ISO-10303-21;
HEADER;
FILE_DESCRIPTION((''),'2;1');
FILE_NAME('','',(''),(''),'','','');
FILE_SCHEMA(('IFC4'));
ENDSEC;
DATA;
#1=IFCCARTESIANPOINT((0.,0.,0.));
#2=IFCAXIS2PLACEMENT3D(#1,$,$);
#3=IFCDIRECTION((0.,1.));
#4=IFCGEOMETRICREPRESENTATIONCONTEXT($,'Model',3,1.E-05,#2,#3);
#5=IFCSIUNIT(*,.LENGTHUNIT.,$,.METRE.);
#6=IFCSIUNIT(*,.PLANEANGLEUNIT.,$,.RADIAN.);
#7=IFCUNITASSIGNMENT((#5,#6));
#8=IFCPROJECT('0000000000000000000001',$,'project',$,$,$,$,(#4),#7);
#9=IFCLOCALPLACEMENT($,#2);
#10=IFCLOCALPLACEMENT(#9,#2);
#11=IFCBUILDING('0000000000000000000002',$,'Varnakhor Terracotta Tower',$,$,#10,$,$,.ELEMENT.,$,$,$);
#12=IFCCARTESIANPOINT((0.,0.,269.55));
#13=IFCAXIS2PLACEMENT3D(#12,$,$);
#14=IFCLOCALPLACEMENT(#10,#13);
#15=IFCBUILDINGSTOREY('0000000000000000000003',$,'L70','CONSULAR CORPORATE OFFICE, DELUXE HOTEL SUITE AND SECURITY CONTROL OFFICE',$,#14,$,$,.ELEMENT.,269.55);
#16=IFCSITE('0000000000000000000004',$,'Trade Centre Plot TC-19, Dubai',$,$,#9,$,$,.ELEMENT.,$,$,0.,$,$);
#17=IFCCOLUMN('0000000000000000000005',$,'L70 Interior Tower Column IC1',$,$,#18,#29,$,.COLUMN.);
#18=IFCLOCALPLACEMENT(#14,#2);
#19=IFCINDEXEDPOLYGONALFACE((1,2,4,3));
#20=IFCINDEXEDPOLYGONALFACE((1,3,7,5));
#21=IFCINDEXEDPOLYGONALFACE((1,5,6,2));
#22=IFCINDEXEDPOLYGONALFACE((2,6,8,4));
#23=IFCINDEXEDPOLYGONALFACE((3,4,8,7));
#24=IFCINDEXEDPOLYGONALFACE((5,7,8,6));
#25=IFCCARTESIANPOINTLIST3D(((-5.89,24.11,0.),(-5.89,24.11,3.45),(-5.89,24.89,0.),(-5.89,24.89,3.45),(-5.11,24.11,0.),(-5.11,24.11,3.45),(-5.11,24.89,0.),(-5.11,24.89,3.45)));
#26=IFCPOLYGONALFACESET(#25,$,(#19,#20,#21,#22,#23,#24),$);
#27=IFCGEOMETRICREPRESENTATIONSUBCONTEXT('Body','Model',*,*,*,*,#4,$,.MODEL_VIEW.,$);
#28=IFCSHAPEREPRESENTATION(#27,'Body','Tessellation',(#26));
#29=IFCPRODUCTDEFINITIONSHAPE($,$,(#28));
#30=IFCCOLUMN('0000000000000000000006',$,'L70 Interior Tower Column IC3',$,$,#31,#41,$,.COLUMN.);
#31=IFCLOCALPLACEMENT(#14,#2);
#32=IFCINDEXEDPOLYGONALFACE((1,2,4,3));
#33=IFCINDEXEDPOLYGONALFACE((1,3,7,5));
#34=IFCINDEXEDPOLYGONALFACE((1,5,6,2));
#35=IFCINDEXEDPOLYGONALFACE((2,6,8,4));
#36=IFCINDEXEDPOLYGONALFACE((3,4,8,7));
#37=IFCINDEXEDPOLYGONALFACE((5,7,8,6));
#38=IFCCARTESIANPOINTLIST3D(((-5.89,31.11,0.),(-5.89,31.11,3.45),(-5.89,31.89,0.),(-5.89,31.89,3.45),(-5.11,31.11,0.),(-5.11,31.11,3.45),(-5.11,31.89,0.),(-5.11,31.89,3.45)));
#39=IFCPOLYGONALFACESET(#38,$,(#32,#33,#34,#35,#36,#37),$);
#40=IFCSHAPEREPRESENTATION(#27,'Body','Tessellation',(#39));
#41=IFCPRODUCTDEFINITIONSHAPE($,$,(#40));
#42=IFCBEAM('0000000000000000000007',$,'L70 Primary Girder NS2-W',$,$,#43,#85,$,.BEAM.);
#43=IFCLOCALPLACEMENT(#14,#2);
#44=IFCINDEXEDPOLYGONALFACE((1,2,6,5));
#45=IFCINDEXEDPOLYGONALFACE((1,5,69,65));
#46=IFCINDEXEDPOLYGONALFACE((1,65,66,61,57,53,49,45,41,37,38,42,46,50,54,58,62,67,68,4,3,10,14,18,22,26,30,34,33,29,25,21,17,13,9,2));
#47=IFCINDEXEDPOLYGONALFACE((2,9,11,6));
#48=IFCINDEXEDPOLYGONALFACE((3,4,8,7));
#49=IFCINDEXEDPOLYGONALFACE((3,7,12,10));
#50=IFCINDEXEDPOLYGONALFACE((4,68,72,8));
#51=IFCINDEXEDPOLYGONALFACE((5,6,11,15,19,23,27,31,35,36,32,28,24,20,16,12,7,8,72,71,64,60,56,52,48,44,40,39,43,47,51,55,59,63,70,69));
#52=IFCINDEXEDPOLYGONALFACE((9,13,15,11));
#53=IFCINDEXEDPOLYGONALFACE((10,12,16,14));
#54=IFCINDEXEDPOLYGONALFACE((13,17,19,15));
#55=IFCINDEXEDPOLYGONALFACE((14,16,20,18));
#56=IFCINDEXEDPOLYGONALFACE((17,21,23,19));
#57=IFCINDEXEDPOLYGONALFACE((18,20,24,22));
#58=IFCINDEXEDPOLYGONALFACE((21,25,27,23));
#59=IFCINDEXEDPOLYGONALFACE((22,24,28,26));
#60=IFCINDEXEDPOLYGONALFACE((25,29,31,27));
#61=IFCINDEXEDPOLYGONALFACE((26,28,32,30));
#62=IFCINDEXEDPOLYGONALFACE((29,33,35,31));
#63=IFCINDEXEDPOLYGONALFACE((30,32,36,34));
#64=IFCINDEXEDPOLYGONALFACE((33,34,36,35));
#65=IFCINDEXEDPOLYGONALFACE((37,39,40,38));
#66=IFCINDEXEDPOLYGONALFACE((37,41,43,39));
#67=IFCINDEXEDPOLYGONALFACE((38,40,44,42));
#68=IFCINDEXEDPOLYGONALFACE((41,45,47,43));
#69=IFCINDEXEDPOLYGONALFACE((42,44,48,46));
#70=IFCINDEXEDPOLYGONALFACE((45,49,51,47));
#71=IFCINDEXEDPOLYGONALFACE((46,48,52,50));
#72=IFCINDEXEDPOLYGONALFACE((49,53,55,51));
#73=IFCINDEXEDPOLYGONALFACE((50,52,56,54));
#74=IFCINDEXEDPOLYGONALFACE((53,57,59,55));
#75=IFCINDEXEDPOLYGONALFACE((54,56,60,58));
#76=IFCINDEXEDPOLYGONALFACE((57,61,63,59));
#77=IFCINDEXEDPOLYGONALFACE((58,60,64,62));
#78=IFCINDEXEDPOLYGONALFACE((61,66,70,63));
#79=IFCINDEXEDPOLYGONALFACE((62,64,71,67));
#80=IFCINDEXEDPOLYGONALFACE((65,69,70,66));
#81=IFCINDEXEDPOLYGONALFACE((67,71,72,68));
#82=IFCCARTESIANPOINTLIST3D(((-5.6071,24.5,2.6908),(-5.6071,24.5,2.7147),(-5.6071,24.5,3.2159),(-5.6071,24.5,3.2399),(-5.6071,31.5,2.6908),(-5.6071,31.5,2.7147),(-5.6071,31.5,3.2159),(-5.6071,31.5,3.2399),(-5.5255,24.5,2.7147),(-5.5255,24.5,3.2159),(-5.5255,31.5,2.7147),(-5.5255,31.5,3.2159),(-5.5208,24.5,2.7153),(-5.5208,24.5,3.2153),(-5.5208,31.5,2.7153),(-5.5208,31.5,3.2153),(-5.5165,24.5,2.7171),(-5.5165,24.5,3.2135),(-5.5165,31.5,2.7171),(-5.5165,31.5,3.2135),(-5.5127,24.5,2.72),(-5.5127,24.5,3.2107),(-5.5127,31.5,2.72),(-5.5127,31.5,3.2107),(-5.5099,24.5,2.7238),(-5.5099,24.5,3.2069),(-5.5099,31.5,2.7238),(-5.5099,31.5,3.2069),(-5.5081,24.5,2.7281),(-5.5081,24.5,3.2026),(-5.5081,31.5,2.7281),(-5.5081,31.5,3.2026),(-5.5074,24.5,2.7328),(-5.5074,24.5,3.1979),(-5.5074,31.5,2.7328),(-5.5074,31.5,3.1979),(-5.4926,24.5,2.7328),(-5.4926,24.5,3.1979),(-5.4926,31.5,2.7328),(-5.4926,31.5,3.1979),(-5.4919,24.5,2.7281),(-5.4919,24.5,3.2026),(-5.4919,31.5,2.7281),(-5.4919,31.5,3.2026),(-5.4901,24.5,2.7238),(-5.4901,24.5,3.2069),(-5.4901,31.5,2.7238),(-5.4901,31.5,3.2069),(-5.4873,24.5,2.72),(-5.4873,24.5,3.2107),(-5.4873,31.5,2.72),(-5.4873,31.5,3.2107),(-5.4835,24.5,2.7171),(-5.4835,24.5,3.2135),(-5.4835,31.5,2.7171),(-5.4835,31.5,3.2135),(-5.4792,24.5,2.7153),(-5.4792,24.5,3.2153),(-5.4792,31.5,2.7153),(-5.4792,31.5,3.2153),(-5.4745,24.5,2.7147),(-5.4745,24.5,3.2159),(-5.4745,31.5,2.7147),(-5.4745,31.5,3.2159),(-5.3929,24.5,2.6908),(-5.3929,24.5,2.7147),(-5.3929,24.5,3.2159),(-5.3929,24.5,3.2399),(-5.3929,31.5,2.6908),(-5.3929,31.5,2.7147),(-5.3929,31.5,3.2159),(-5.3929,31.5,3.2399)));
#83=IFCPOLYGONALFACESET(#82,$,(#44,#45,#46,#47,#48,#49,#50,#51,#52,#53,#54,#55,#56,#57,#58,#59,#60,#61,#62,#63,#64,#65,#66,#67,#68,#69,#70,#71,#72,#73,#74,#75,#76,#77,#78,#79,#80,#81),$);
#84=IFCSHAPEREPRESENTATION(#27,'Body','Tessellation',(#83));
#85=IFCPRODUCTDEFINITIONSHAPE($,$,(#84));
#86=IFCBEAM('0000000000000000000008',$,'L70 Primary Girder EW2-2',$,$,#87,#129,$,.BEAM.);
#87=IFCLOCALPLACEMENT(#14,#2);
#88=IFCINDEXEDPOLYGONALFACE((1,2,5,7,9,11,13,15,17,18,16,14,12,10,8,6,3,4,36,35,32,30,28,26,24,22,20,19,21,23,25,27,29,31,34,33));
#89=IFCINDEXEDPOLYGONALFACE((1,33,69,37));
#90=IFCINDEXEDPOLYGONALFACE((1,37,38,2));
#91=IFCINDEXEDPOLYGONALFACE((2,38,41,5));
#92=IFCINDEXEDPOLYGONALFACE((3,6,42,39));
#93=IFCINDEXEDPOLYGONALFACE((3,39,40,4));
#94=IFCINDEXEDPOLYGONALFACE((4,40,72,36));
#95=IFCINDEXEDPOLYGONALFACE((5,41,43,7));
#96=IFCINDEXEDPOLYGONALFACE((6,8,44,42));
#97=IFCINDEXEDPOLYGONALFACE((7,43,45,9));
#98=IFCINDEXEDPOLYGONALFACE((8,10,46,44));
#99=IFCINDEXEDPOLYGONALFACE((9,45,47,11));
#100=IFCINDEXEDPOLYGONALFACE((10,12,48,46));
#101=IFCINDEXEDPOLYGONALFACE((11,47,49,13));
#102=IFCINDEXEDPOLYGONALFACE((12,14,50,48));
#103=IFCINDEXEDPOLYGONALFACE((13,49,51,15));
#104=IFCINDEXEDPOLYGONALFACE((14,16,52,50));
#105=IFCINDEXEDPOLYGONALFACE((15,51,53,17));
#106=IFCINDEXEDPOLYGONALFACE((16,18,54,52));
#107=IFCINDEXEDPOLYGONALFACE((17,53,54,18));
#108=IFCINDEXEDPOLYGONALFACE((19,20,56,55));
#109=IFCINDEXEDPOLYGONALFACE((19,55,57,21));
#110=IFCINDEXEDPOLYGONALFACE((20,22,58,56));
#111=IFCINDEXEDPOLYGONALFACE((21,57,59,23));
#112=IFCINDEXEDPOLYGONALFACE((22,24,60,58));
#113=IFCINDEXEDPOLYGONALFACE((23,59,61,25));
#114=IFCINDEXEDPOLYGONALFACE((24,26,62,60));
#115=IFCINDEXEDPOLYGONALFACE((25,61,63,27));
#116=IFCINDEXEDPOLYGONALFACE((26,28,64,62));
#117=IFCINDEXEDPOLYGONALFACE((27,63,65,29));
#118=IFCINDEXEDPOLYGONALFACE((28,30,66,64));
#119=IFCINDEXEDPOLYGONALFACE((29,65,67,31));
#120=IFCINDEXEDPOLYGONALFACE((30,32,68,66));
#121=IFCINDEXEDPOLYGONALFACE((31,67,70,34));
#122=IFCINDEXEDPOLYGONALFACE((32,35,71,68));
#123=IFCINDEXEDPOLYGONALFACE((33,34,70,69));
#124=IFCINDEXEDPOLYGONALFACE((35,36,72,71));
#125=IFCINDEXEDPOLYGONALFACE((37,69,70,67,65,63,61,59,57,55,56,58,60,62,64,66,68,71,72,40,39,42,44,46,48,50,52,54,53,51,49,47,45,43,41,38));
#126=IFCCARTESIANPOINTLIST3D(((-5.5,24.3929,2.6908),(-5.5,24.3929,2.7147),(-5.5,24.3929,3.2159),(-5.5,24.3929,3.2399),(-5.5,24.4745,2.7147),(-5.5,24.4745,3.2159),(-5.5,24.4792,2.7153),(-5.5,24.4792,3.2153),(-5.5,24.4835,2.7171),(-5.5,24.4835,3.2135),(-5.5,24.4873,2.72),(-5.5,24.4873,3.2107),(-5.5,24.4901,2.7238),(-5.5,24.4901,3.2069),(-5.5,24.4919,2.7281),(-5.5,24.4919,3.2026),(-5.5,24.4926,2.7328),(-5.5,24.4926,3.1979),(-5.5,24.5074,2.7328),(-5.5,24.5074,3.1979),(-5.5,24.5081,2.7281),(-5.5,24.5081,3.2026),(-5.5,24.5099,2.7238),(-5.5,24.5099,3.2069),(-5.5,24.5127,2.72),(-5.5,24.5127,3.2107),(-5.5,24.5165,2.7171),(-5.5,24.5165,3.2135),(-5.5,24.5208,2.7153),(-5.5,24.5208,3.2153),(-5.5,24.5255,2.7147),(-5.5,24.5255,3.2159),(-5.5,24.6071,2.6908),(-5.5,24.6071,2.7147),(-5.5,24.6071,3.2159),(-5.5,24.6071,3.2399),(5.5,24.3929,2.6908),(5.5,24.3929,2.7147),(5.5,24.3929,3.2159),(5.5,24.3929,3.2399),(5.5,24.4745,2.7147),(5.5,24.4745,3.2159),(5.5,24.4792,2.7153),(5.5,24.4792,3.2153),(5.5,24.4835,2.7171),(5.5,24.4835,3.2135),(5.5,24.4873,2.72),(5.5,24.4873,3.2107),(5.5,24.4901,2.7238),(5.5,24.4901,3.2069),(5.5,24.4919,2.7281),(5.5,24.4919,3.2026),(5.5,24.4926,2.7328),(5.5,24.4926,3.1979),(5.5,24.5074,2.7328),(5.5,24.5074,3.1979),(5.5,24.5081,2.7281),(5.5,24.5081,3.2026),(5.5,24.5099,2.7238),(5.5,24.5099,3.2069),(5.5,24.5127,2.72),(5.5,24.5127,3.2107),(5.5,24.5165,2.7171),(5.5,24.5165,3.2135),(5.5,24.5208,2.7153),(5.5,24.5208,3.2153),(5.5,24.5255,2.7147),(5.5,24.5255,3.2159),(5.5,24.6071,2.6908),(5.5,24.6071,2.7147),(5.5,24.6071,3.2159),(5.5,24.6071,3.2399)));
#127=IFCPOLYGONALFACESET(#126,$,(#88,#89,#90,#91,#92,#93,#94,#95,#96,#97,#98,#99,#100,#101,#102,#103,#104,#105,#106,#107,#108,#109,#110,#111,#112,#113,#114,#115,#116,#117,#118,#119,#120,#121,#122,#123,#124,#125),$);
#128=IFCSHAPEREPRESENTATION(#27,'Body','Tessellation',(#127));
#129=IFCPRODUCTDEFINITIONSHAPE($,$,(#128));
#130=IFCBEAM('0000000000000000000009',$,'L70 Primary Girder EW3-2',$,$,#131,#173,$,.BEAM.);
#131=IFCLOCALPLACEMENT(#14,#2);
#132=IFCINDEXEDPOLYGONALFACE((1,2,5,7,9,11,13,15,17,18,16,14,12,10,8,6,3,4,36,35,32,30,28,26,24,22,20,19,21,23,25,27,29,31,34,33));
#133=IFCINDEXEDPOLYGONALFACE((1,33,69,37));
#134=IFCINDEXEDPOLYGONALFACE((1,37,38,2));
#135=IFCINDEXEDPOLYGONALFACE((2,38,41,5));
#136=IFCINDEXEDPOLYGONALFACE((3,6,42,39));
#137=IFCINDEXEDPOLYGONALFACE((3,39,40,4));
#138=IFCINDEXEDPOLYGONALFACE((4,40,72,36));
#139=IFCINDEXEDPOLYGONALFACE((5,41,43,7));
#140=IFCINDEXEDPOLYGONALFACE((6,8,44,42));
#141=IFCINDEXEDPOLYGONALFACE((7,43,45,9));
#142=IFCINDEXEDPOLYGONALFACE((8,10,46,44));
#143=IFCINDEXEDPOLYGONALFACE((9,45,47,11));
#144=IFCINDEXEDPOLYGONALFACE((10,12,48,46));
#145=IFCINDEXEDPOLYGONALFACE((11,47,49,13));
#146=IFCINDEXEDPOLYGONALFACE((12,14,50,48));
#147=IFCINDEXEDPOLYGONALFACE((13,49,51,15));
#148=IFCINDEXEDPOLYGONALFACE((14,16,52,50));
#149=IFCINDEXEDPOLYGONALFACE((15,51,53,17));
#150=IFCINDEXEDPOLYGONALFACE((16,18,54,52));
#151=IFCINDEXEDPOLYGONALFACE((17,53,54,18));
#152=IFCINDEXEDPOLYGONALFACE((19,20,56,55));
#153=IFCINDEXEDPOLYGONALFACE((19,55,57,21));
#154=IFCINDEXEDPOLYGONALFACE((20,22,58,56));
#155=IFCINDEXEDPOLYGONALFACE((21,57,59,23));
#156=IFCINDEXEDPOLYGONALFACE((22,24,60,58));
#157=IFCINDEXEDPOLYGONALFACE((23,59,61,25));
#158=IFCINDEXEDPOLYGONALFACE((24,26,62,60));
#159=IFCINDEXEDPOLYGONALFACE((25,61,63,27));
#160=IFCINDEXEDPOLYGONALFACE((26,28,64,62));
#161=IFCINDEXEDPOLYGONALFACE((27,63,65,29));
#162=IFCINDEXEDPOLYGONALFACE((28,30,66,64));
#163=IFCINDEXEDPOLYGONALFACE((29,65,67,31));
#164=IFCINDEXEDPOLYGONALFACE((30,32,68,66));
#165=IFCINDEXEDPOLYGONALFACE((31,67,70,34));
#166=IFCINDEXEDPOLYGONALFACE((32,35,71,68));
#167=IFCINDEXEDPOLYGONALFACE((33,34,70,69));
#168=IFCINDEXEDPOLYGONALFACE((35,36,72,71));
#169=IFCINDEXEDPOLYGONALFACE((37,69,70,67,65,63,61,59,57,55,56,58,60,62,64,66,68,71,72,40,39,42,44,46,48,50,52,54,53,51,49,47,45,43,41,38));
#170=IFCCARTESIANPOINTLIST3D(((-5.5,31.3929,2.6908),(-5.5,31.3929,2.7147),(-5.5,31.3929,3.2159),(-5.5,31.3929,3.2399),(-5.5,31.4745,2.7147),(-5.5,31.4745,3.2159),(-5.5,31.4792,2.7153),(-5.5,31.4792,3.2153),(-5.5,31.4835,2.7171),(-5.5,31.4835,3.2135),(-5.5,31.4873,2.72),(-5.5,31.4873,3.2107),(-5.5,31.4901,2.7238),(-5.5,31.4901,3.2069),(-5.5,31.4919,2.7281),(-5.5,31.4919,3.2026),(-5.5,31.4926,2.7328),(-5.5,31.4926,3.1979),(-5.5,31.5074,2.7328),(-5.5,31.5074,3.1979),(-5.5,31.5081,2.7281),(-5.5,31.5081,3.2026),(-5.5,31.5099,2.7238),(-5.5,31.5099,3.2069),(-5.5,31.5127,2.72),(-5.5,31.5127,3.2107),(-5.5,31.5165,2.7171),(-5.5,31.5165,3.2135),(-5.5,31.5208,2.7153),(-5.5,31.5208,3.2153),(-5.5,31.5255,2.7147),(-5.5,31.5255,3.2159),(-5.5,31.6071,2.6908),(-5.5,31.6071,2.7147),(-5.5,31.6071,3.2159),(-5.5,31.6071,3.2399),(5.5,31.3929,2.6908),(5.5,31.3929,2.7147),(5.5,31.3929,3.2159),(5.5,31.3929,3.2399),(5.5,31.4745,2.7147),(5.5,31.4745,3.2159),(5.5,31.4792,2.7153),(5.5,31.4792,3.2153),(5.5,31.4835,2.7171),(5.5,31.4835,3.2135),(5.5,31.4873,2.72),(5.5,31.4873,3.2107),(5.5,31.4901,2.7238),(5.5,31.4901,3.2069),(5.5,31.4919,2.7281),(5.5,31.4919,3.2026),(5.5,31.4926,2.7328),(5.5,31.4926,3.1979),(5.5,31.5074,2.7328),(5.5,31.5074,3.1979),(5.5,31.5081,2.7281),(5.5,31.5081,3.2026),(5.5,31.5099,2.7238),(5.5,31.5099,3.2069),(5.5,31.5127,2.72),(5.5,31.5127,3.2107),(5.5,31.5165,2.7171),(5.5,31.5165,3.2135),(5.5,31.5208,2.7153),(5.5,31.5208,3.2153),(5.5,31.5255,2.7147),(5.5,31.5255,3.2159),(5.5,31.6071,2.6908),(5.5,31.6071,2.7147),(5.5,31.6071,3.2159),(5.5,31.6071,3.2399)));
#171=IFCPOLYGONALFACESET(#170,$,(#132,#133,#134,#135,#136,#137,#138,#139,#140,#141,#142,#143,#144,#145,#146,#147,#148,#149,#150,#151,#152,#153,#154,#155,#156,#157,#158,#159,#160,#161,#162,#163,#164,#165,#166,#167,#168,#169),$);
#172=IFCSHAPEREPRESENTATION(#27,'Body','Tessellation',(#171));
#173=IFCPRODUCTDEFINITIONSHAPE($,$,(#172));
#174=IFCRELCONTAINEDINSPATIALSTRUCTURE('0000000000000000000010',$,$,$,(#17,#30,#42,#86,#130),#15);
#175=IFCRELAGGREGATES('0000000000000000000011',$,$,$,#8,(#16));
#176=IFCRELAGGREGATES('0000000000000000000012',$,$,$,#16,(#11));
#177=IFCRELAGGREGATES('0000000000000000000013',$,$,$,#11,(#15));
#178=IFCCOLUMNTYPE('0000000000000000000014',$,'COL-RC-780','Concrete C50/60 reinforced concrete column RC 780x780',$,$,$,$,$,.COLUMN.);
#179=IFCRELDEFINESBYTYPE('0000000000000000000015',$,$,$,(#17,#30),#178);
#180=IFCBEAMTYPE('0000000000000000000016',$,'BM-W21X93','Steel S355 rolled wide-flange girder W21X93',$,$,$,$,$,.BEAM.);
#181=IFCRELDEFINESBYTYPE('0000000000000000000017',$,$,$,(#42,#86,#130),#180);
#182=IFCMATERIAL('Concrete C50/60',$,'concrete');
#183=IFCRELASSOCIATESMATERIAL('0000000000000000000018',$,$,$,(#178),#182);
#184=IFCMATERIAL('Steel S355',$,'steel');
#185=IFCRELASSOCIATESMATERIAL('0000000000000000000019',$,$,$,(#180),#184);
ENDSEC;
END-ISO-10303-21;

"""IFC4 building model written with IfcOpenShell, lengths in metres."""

from ifc_helpers import new_model, si_unit, direction, frame, origin, origin_2d, place, context, subcontext, project, spatial, rectangle, i_section, extrude, source, transform, mapped, material, material_profile, profile_set, type_object, element, save


model = new_model("IFC4")

# Units and contexts
model_context = context("Model", 3, precision=1e-05, world=origin(), true_north=direction((0.0, 1.0)))
body_context = subcontext(model_context, "Body", "Model", "MODEL_VIEW")
ifc_project = project(units=[si_unit("LENGTHUNIT", "METRE"), si_unit("PLANEANGLEUNIT", "RADIAN")], contexts=[model_context])

# Site, building, storey
site_placement = place(None, origin())
site = spatial("IfcSite", under=ifc_project, at=site_placement, Name="Trade Centre Plot TC-19, Dubai", CompositionType="ELEMENT", RefElevation=0.0)
building_placement = place(site_placement, origin())
building = spatial("IfcBuilding", under=site, at=building_placement, Name="Varnakhor Terracotta Tower", CompositionType="ELEMENT")
storey_placement = place(building_placement, frame((0.0, 0.0, 269.55)))
storey = spatial("IfcBuildingStorey", under=building, at=storey_placement, Name="L70", Description="CONSULAR CORPORATE OFFICE, DELUXE HOTEL SUITE AND SECURITY CONTROL OFFICE", CompositionType="ELEMENT", Elevation=269.55)

# Columns
ifc_material_1 = material(Name="Concrete C50/60", Category="concrete")
ifc_material_profile_1 = material_profile(ifc_material_1, rectangle(XDim=0.78, YDim=0.78, at=origin_2d()), Name="RC 780x780")
ifc_profile_set_1 = profile_set([ifc_material_profile_1], Name="Concrete C50/60")
column_type = type_object("IfcColumnType", Name="COL-RC-780", Description="Concrete C50/60 reinforced concrete column RC 780x780", PredefinedType="COLUMN", material=ifc_profile_set_1)
shared_shape_1 = source(origin(), body_context, "Body", "SweptSolid", [
    extrude(rectangle(XDim=0.78, YDim=0.78, at=origin_2d()), origin(), (0.0, 0.0, 1.0), 3.45),
])
for number, where, z_axis, x_axis, name in (
    (1, (-5.5, 24.5, 0.0), (0.0, 0.0, 1.0), (1.0, 0.0, 0.0), "L70 Interior Tower Column IC1"),
    (2, (-5.5, 31.5, 0.0), (0.0, 0.0, 1.0), (1.0, 0.0, 0.0), "L70 Interior Tower Column IC3"),
):
    element("IfcColumn", number, at=place(storey_placement, frame(where, z_axis=z_axis, x_axis=x_axis)), inside=storey, type_object=column_type, Name=name, PredefinedType="COLUMN", context=body_context, shape_type="MappedRepresentation", body=[
        mapped(shared_shape_1, transform((0.0, 0.0, 0.0), scale=1.0)),
    ])

# Beams
ifc_material_2 = material(Name="Steel S355", Category="steel")
ifc_material_profile_2 = material_profile(ifc_material_2, i_section(OverallWidth=0.2141, OverallDepth=0.5491, WebThickness=0.0149, FlangeThickness=0.0239, FilletRadius=0.0181, at=origin_2d()), Name="W21X93")
ifc_profile_set_2 = profile_set([ifc_material_profile_2], Name="Steel S355")
beam_type_1 = type_object("IfcBeamType", Name="BM-W21X93", Description="Steel S355 rolled wide-flange girder W21X93", PredefinedType="BEAM", material=ifc_profile_set_2)
shared_shape_2 = source(origin(), body_context, "Body", "SweptSolid", [
    extrude(i_section(OverallWidth=0.2141, OverallDepth=0.5491, WebThickness=0.0149, FlangeThickness=0.0239, FilletRadius=0.0181, at=origin_2d()), origin(), (0.0, 0.0, 1.0), 7.0),
])
beam_1_placement = place(storey_placement, frame((-5.5, 24.5, 2.9653), z_axis=(0.0, 1.0, 0.0), x_axis=(-1.0, 0.0, 0.0)))
element("IfcBeam", 3, at=beam_1_placement, inside=storey, type_object=beam_type_1, Name="L70 Primary Girder NS2-W", PredefinedType="BEAM", context=body_context, shape_type="MappedRepresentation", body=[
    mapped(shared_shape_2, transform((0.0, 0.0, 0.0), scale=1.0)),
])
shared_shape_3 = source(origin(), body_context, "Body", "SweptSolid", [
    extrude(i_section(OverallWidth=0.2141, OverallDepth=0.5491, WebThickness=0.0149, FlangeThickness=0.0239, FilletRadius=0.0181, at=origin_2d()), origin(), (0.0, 0.0, 1.0), 11.0),
])
for number, where, z_axis, x_axis, name in (
    (4, (-5.5, 24.5, 2.9653), (1.0, 0.0, 0.0), (0.0, 1.0, 0.0), "L70 Primary Girder EW2-2"),
    (5, (-5.5, 31.5, 2.9653), (1.0, 0.0, 0.0), (0.0, 1.0, 0.0), "L70 Primary Girder EW3-2"),
):
    element("IfcBeam", number, at=place(storey_placement, frame(where, z_axis=z_axis, x_axis=x_axis)), inside=storey, type_object=beam_type_1, Name=name, PredefinedType="BEAM", context=body_context, shape_type="MappedRepresentation", body=[
        mapped(shared_shape_3, transform((0.0, 0.0, 0.0), scale=1.0)),
    ])

save(model, "model.ifc")
